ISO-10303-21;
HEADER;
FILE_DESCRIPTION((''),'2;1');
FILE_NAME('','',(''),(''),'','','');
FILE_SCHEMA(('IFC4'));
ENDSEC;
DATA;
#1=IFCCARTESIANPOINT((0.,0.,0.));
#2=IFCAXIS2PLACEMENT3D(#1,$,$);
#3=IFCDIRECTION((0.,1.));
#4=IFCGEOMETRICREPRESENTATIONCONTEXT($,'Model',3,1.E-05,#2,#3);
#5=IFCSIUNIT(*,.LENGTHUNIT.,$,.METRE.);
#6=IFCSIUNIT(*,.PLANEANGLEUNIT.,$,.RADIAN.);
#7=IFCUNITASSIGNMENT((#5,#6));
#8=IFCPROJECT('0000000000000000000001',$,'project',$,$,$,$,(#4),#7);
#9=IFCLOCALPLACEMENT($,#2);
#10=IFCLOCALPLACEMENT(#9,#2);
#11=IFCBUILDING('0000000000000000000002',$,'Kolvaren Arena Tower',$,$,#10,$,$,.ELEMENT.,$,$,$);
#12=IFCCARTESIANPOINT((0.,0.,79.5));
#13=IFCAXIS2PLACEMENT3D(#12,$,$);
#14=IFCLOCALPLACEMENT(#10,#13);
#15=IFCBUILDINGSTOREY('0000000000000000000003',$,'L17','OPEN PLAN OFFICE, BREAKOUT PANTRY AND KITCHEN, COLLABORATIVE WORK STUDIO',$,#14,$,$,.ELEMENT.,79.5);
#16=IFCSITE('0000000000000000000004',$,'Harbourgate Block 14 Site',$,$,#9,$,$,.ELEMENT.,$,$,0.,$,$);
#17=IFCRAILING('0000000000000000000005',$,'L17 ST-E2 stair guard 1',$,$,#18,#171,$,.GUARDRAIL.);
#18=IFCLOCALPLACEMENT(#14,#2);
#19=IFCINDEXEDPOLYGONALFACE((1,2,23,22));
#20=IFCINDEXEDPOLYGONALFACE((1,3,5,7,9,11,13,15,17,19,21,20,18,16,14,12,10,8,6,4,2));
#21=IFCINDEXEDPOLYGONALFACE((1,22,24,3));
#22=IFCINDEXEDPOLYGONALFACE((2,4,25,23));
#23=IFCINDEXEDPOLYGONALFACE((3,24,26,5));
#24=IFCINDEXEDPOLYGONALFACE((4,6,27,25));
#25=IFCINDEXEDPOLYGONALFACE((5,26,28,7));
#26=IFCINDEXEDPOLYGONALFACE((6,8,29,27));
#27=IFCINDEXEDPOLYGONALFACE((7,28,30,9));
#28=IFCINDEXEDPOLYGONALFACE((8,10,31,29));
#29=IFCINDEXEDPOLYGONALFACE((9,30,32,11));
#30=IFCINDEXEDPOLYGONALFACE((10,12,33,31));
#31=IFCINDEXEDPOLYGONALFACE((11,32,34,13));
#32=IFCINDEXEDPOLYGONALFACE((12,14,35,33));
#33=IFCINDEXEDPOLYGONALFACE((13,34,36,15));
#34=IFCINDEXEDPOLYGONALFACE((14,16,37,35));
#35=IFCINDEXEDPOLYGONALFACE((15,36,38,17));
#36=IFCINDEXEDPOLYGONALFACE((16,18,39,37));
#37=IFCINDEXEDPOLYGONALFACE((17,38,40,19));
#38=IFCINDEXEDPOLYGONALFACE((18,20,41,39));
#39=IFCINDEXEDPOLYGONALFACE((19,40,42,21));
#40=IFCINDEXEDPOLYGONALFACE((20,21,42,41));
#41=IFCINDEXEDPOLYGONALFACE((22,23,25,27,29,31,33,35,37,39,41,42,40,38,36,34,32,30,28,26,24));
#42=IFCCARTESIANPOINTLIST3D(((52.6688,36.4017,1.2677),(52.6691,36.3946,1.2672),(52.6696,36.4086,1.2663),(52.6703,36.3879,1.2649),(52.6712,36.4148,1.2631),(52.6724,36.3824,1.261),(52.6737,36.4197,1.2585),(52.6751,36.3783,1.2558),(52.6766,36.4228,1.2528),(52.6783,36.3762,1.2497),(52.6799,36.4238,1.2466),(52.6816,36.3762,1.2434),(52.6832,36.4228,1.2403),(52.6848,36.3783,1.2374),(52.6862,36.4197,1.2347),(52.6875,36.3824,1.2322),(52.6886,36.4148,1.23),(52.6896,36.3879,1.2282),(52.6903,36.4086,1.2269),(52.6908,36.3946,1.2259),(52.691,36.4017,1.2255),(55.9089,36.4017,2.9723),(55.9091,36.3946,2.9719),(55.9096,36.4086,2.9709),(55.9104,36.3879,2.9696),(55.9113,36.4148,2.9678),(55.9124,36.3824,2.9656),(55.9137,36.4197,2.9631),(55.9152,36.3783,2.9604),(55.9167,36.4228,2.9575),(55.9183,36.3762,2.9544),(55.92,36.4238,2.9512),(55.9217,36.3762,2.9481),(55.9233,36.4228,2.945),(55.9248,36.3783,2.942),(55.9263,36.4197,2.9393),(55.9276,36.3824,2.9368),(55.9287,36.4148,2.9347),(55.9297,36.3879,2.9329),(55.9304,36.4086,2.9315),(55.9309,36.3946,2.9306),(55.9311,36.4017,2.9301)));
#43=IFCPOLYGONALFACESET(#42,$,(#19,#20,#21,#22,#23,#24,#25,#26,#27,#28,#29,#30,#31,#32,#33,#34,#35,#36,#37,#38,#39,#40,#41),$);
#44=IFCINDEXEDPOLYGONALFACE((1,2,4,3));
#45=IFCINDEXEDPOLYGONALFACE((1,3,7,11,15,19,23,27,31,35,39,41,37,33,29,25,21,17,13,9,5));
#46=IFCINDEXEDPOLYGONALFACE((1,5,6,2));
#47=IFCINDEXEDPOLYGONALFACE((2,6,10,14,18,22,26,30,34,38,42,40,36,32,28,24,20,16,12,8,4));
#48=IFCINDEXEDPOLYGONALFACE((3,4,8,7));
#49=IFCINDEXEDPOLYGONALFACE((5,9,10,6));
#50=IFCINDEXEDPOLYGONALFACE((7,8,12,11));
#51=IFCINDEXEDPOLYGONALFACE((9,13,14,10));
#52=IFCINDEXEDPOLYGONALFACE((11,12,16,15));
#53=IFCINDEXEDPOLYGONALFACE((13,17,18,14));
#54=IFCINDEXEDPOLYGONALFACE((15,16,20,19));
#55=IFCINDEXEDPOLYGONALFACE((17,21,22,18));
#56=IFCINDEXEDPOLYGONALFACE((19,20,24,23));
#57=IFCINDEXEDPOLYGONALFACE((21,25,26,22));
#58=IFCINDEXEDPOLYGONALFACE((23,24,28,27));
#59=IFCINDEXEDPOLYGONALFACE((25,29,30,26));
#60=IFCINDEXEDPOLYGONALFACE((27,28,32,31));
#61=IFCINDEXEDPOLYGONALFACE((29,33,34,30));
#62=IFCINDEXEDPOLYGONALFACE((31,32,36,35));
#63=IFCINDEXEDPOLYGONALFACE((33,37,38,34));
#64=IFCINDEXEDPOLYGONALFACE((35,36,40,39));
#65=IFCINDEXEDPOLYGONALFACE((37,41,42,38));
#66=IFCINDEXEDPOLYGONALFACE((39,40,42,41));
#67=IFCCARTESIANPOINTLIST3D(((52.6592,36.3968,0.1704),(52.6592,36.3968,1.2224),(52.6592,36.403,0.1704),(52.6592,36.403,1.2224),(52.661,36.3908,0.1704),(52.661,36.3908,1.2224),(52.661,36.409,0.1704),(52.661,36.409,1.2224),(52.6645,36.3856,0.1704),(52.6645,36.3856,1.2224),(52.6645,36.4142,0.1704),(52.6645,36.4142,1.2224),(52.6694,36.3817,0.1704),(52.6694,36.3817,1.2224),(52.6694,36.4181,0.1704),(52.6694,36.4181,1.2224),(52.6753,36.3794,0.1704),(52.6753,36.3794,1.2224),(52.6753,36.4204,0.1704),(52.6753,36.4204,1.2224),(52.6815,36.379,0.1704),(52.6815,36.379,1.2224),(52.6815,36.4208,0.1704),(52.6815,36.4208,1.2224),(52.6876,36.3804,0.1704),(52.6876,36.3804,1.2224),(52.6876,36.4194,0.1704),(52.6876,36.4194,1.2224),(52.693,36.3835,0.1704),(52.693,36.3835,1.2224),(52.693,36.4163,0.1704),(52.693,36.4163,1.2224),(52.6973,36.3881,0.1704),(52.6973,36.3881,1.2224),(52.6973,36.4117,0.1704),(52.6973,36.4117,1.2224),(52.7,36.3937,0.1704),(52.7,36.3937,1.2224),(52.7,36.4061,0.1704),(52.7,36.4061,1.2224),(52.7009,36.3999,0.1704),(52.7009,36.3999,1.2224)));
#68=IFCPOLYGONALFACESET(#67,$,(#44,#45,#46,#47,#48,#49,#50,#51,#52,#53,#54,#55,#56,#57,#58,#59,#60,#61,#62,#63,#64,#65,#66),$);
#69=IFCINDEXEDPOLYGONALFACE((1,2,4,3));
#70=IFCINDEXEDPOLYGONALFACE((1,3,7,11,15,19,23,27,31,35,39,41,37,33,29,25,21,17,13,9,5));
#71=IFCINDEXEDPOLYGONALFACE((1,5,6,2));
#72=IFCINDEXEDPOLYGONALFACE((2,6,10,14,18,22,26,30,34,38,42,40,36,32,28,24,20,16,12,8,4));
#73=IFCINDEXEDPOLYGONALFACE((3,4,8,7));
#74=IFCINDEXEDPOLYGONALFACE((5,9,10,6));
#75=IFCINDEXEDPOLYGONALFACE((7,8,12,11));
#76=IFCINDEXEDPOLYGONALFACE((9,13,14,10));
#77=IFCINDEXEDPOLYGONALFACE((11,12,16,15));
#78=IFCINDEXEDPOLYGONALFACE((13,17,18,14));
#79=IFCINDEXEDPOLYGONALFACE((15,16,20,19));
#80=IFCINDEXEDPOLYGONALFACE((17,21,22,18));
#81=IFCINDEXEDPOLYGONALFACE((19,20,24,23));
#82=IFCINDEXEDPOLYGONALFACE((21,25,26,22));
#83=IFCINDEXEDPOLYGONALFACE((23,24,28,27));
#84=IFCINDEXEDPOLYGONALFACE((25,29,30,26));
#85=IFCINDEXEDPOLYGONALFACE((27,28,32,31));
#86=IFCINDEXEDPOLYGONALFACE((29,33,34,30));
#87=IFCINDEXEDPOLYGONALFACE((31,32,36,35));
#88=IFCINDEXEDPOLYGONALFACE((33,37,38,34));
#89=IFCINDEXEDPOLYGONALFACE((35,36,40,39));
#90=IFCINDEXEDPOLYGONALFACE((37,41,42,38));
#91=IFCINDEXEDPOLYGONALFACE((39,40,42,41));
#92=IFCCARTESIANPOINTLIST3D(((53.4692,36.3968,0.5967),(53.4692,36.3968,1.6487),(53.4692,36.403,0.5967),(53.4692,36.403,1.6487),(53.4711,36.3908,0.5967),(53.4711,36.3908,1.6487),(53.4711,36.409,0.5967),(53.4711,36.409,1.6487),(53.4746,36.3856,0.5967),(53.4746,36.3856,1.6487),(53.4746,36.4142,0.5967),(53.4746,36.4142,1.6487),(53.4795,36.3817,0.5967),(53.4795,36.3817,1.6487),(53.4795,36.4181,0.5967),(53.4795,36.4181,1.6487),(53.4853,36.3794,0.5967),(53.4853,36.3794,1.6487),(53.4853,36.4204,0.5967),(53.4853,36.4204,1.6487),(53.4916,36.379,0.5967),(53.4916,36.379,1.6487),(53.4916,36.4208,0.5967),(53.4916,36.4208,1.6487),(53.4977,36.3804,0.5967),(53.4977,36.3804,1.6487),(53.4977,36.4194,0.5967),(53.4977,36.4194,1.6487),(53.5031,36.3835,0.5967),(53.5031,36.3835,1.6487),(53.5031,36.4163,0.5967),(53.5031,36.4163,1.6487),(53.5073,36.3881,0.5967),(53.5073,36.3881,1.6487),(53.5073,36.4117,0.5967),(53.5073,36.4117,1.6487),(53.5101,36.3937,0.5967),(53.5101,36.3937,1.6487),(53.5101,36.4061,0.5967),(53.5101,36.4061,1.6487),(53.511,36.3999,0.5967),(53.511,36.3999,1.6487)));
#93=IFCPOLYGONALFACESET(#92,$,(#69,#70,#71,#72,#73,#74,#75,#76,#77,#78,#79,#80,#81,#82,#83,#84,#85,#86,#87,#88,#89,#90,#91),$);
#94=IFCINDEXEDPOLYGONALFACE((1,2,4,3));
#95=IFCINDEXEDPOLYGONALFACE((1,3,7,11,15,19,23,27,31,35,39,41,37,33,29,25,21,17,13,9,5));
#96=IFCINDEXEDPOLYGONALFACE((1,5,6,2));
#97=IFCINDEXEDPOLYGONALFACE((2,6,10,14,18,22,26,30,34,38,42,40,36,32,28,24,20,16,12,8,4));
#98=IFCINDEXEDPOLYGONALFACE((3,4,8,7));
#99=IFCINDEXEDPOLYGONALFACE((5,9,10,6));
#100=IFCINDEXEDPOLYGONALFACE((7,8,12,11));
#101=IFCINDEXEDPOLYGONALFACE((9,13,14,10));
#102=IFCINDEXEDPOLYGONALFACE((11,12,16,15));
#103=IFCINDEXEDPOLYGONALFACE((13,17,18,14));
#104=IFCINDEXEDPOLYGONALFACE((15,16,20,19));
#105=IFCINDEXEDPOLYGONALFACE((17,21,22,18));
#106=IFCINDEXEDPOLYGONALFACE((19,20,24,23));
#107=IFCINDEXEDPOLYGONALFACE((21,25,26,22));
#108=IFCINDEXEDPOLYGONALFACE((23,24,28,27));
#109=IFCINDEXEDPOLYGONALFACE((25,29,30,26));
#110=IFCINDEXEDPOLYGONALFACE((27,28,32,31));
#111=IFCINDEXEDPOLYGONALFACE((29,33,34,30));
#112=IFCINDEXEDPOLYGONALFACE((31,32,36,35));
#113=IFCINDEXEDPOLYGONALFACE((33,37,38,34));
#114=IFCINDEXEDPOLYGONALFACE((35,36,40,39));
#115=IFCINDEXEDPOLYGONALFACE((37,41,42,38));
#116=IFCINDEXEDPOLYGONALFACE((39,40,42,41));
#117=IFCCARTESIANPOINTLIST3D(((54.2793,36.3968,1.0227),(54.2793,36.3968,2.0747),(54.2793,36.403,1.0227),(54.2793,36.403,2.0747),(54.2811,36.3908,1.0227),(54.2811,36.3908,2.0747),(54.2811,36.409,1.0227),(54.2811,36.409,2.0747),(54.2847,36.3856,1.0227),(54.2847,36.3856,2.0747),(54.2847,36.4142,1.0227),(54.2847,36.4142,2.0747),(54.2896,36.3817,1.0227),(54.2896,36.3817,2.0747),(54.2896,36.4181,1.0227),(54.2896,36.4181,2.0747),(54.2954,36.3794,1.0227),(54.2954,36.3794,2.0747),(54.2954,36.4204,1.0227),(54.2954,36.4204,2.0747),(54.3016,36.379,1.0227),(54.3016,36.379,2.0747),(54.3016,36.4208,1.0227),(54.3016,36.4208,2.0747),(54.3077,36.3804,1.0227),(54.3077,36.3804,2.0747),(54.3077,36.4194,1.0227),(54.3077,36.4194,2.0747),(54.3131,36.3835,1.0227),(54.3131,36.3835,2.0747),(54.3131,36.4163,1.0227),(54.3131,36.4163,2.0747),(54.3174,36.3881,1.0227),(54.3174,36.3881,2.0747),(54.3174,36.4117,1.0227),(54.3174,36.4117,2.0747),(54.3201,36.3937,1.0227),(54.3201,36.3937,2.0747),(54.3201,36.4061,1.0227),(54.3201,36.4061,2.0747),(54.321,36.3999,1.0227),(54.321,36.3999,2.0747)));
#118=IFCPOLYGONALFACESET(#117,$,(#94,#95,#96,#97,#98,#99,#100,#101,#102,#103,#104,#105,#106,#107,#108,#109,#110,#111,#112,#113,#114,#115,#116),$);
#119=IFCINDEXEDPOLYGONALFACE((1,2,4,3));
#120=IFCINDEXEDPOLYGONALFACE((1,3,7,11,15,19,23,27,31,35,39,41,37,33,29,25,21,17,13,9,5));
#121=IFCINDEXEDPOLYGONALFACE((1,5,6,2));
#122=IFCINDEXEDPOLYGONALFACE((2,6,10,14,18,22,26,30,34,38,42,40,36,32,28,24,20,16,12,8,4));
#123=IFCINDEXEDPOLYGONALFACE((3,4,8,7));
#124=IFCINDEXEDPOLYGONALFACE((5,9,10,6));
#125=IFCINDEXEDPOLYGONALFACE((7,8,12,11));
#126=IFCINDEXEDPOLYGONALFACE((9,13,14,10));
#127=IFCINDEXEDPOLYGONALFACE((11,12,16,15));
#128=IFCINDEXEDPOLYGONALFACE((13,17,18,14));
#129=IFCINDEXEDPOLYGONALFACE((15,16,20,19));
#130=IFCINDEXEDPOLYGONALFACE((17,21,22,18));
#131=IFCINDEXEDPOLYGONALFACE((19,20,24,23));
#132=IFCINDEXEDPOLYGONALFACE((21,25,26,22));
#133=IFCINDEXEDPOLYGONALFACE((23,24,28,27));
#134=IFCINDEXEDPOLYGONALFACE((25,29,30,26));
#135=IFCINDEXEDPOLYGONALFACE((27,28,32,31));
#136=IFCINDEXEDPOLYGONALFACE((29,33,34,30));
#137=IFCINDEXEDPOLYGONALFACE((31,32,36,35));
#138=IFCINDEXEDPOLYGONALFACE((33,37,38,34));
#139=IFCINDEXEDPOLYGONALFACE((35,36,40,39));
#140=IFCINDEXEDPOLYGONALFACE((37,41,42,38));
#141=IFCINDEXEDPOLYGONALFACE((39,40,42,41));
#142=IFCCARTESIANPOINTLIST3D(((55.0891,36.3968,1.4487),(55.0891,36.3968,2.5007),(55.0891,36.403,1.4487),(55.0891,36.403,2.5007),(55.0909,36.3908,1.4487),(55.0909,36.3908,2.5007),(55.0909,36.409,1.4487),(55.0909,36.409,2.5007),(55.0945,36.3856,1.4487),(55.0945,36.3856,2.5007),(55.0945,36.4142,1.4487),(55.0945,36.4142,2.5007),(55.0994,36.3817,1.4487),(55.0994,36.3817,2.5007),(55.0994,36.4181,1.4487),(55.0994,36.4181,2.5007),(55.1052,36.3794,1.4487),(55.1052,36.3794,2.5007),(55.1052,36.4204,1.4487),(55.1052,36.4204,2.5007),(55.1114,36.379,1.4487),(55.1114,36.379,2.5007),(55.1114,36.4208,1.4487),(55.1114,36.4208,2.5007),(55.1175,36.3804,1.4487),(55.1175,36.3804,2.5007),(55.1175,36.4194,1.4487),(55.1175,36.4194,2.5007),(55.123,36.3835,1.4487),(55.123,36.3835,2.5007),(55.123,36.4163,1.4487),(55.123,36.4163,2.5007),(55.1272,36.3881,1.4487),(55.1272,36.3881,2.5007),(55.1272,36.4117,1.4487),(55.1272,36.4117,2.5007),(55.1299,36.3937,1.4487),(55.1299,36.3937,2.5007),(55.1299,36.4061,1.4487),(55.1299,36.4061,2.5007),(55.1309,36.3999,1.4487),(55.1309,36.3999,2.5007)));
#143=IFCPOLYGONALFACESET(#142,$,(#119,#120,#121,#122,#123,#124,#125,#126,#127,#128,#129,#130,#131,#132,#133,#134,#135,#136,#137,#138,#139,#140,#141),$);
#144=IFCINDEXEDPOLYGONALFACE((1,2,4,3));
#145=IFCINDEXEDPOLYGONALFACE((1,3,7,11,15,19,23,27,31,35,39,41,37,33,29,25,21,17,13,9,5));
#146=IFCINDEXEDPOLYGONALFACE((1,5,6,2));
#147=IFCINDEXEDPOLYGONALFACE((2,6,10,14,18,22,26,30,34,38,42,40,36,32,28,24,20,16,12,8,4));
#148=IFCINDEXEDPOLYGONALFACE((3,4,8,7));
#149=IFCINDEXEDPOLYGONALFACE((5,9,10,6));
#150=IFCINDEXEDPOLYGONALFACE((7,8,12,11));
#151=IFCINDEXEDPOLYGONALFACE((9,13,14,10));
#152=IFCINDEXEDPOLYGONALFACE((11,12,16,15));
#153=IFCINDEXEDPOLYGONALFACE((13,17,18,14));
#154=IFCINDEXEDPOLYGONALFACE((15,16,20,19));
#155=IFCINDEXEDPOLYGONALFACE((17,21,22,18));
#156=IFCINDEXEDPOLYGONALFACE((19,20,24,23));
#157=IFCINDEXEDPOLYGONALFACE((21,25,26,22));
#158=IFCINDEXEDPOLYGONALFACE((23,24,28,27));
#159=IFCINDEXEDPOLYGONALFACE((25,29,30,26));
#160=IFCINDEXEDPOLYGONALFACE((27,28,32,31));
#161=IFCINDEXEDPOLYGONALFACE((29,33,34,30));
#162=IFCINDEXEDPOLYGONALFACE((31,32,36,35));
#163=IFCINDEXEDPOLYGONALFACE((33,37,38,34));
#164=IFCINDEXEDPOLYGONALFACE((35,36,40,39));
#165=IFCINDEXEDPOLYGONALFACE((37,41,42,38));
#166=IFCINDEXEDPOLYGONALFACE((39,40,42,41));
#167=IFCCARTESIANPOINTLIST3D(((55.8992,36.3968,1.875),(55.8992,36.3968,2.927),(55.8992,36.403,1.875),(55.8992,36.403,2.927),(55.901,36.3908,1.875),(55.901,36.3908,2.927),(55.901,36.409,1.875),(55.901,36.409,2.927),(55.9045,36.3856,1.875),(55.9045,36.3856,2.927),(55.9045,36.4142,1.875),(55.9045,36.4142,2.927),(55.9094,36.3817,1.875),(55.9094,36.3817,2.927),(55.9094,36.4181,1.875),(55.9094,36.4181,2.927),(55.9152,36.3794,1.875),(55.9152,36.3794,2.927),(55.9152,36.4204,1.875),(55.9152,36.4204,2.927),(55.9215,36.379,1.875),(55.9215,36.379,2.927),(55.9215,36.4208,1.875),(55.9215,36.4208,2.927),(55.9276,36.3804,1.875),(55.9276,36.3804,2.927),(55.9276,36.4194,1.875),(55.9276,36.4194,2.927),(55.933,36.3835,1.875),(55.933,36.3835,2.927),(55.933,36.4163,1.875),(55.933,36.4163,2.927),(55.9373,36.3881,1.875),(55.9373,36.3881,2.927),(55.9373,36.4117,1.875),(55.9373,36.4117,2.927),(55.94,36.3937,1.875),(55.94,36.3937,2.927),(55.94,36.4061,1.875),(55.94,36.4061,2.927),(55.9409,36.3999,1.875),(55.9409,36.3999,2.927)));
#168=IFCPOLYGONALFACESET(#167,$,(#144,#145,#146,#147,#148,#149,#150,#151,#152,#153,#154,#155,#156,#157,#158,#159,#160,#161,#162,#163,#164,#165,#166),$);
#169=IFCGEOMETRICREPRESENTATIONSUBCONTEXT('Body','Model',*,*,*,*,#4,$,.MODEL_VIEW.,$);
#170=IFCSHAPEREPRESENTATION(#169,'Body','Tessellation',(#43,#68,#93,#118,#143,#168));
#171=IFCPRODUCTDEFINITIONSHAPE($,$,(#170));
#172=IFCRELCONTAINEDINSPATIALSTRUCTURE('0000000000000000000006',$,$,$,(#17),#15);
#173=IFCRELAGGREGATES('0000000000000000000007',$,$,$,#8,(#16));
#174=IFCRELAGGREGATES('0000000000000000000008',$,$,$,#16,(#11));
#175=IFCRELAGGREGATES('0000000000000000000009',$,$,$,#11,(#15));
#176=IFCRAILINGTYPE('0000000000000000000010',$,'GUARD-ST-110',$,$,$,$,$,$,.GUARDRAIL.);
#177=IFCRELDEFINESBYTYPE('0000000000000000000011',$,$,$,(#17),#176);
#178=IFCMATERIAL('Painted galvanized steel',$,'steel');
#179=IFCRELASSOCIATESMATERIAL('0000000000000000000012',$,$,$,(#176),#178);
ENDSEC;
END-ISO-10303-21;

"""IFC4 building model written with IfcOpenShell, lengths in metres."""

from ifc_helpers import new_model, si_unit, direction, frame, origin, origin_2d, place, context, subcontext, project, spatial, circle, extrude, material, type_object, element, save


model = new_model("IFC4")

# Units and contexts
model_context = context("Model", 3, precision=1e-05, world=origin(), true_north=direction((0.0, 1.0)))
body_context = subcontext(model_context, "Body", "Model", "MODEL_VIEW")
ifc_project = project(units=[si_unit("LENGTHUNIT", "METRE"), si_unit("PLANEANGLEUNIT", "RADIAN")], contexts=[model_context])

# Site, building, storey
site_placement = place(None, origin())
site = spatial("IfcSite", under=ifc_project, at=site_placement, Name="Harbourgate Block 14 Site", CompositionType="ELEMENT", RefElevation=0.0)
building_placement = place(site_placement, origin())
building = spatial("IfcBuilding", under=site, at=building_placement, Name="Kolvaren Arena Tower", CompositionType="ELEMENT")
storey_placement = place(building_placement, frame((0.0, 0.0, 79.5)))
storey = spatial("IfcBuildingStorey", under=building, at=storey_placement, Name="L17", Description="OPEN PLAN OFFICE, BREAKOUT PANTRY AND KITCHEN, COLLABORATIVE WORK STUDIO", CompositionType="ELEMENT", Elevation=79.5)

# Railing
ifc_material_1 = material(Name="Painted galvanized steel", Category="steel")
railing_type = type_object("IfcRailingType", Name="GUARD-ST-110", PredefinedType="GUARDRAIL", material=ifc_material_1)
railing_1_placement = place(storey_placement, frame((52.6799, 36.3999, 0.1704)))
element("IfcRailing", 1, at=railing_1_placement, inside=storey, type_object=railing_type, Name="L17 ST-E2 stair guard 1", PredefinedType="GUARDRAIL", context=body_context, shape_type="SweptSolid", body=[
    extrude(circle(Radius=0.0239, at=origin_2d()), frame((0.0, 0.0, 1.0762), z_axis=(0.884993, 0.0, 0.465604), x_axis=(0.0, 1.0, 0.0)), (0.0, 0.0, 1.0), 3.6611),
    extrude(circle(Radius=0.021, at=origin_2d()), origin(), (0.0, 0.0, 1.0), 1.052),
    extrude(circle(Radius=0.021, at=origin_2d()), frame((0.8101, 0.0, 0.4263)), (0.0, 0.0, 1.0), 1.052),
    extrude(circle(Radius=0.021, at=origin_2d()), frame((1.6201, 0.0, 0.8523)), (0.0, 0.0, 1.0), 1.052),
    extrude(circle(Radius=0.021, at=origin_2d()), frame((2.4299, 0.0, 1.2783)), (0.0, 0.0, 1.0), 1.052),
    extrude(circle(Radius=0.021, at=origin_2d()), frame((3.24, 0.0, 1.7046)), (0.0, 0.0, 1.0), 1.052),
])

save(model, "model.ifc")
